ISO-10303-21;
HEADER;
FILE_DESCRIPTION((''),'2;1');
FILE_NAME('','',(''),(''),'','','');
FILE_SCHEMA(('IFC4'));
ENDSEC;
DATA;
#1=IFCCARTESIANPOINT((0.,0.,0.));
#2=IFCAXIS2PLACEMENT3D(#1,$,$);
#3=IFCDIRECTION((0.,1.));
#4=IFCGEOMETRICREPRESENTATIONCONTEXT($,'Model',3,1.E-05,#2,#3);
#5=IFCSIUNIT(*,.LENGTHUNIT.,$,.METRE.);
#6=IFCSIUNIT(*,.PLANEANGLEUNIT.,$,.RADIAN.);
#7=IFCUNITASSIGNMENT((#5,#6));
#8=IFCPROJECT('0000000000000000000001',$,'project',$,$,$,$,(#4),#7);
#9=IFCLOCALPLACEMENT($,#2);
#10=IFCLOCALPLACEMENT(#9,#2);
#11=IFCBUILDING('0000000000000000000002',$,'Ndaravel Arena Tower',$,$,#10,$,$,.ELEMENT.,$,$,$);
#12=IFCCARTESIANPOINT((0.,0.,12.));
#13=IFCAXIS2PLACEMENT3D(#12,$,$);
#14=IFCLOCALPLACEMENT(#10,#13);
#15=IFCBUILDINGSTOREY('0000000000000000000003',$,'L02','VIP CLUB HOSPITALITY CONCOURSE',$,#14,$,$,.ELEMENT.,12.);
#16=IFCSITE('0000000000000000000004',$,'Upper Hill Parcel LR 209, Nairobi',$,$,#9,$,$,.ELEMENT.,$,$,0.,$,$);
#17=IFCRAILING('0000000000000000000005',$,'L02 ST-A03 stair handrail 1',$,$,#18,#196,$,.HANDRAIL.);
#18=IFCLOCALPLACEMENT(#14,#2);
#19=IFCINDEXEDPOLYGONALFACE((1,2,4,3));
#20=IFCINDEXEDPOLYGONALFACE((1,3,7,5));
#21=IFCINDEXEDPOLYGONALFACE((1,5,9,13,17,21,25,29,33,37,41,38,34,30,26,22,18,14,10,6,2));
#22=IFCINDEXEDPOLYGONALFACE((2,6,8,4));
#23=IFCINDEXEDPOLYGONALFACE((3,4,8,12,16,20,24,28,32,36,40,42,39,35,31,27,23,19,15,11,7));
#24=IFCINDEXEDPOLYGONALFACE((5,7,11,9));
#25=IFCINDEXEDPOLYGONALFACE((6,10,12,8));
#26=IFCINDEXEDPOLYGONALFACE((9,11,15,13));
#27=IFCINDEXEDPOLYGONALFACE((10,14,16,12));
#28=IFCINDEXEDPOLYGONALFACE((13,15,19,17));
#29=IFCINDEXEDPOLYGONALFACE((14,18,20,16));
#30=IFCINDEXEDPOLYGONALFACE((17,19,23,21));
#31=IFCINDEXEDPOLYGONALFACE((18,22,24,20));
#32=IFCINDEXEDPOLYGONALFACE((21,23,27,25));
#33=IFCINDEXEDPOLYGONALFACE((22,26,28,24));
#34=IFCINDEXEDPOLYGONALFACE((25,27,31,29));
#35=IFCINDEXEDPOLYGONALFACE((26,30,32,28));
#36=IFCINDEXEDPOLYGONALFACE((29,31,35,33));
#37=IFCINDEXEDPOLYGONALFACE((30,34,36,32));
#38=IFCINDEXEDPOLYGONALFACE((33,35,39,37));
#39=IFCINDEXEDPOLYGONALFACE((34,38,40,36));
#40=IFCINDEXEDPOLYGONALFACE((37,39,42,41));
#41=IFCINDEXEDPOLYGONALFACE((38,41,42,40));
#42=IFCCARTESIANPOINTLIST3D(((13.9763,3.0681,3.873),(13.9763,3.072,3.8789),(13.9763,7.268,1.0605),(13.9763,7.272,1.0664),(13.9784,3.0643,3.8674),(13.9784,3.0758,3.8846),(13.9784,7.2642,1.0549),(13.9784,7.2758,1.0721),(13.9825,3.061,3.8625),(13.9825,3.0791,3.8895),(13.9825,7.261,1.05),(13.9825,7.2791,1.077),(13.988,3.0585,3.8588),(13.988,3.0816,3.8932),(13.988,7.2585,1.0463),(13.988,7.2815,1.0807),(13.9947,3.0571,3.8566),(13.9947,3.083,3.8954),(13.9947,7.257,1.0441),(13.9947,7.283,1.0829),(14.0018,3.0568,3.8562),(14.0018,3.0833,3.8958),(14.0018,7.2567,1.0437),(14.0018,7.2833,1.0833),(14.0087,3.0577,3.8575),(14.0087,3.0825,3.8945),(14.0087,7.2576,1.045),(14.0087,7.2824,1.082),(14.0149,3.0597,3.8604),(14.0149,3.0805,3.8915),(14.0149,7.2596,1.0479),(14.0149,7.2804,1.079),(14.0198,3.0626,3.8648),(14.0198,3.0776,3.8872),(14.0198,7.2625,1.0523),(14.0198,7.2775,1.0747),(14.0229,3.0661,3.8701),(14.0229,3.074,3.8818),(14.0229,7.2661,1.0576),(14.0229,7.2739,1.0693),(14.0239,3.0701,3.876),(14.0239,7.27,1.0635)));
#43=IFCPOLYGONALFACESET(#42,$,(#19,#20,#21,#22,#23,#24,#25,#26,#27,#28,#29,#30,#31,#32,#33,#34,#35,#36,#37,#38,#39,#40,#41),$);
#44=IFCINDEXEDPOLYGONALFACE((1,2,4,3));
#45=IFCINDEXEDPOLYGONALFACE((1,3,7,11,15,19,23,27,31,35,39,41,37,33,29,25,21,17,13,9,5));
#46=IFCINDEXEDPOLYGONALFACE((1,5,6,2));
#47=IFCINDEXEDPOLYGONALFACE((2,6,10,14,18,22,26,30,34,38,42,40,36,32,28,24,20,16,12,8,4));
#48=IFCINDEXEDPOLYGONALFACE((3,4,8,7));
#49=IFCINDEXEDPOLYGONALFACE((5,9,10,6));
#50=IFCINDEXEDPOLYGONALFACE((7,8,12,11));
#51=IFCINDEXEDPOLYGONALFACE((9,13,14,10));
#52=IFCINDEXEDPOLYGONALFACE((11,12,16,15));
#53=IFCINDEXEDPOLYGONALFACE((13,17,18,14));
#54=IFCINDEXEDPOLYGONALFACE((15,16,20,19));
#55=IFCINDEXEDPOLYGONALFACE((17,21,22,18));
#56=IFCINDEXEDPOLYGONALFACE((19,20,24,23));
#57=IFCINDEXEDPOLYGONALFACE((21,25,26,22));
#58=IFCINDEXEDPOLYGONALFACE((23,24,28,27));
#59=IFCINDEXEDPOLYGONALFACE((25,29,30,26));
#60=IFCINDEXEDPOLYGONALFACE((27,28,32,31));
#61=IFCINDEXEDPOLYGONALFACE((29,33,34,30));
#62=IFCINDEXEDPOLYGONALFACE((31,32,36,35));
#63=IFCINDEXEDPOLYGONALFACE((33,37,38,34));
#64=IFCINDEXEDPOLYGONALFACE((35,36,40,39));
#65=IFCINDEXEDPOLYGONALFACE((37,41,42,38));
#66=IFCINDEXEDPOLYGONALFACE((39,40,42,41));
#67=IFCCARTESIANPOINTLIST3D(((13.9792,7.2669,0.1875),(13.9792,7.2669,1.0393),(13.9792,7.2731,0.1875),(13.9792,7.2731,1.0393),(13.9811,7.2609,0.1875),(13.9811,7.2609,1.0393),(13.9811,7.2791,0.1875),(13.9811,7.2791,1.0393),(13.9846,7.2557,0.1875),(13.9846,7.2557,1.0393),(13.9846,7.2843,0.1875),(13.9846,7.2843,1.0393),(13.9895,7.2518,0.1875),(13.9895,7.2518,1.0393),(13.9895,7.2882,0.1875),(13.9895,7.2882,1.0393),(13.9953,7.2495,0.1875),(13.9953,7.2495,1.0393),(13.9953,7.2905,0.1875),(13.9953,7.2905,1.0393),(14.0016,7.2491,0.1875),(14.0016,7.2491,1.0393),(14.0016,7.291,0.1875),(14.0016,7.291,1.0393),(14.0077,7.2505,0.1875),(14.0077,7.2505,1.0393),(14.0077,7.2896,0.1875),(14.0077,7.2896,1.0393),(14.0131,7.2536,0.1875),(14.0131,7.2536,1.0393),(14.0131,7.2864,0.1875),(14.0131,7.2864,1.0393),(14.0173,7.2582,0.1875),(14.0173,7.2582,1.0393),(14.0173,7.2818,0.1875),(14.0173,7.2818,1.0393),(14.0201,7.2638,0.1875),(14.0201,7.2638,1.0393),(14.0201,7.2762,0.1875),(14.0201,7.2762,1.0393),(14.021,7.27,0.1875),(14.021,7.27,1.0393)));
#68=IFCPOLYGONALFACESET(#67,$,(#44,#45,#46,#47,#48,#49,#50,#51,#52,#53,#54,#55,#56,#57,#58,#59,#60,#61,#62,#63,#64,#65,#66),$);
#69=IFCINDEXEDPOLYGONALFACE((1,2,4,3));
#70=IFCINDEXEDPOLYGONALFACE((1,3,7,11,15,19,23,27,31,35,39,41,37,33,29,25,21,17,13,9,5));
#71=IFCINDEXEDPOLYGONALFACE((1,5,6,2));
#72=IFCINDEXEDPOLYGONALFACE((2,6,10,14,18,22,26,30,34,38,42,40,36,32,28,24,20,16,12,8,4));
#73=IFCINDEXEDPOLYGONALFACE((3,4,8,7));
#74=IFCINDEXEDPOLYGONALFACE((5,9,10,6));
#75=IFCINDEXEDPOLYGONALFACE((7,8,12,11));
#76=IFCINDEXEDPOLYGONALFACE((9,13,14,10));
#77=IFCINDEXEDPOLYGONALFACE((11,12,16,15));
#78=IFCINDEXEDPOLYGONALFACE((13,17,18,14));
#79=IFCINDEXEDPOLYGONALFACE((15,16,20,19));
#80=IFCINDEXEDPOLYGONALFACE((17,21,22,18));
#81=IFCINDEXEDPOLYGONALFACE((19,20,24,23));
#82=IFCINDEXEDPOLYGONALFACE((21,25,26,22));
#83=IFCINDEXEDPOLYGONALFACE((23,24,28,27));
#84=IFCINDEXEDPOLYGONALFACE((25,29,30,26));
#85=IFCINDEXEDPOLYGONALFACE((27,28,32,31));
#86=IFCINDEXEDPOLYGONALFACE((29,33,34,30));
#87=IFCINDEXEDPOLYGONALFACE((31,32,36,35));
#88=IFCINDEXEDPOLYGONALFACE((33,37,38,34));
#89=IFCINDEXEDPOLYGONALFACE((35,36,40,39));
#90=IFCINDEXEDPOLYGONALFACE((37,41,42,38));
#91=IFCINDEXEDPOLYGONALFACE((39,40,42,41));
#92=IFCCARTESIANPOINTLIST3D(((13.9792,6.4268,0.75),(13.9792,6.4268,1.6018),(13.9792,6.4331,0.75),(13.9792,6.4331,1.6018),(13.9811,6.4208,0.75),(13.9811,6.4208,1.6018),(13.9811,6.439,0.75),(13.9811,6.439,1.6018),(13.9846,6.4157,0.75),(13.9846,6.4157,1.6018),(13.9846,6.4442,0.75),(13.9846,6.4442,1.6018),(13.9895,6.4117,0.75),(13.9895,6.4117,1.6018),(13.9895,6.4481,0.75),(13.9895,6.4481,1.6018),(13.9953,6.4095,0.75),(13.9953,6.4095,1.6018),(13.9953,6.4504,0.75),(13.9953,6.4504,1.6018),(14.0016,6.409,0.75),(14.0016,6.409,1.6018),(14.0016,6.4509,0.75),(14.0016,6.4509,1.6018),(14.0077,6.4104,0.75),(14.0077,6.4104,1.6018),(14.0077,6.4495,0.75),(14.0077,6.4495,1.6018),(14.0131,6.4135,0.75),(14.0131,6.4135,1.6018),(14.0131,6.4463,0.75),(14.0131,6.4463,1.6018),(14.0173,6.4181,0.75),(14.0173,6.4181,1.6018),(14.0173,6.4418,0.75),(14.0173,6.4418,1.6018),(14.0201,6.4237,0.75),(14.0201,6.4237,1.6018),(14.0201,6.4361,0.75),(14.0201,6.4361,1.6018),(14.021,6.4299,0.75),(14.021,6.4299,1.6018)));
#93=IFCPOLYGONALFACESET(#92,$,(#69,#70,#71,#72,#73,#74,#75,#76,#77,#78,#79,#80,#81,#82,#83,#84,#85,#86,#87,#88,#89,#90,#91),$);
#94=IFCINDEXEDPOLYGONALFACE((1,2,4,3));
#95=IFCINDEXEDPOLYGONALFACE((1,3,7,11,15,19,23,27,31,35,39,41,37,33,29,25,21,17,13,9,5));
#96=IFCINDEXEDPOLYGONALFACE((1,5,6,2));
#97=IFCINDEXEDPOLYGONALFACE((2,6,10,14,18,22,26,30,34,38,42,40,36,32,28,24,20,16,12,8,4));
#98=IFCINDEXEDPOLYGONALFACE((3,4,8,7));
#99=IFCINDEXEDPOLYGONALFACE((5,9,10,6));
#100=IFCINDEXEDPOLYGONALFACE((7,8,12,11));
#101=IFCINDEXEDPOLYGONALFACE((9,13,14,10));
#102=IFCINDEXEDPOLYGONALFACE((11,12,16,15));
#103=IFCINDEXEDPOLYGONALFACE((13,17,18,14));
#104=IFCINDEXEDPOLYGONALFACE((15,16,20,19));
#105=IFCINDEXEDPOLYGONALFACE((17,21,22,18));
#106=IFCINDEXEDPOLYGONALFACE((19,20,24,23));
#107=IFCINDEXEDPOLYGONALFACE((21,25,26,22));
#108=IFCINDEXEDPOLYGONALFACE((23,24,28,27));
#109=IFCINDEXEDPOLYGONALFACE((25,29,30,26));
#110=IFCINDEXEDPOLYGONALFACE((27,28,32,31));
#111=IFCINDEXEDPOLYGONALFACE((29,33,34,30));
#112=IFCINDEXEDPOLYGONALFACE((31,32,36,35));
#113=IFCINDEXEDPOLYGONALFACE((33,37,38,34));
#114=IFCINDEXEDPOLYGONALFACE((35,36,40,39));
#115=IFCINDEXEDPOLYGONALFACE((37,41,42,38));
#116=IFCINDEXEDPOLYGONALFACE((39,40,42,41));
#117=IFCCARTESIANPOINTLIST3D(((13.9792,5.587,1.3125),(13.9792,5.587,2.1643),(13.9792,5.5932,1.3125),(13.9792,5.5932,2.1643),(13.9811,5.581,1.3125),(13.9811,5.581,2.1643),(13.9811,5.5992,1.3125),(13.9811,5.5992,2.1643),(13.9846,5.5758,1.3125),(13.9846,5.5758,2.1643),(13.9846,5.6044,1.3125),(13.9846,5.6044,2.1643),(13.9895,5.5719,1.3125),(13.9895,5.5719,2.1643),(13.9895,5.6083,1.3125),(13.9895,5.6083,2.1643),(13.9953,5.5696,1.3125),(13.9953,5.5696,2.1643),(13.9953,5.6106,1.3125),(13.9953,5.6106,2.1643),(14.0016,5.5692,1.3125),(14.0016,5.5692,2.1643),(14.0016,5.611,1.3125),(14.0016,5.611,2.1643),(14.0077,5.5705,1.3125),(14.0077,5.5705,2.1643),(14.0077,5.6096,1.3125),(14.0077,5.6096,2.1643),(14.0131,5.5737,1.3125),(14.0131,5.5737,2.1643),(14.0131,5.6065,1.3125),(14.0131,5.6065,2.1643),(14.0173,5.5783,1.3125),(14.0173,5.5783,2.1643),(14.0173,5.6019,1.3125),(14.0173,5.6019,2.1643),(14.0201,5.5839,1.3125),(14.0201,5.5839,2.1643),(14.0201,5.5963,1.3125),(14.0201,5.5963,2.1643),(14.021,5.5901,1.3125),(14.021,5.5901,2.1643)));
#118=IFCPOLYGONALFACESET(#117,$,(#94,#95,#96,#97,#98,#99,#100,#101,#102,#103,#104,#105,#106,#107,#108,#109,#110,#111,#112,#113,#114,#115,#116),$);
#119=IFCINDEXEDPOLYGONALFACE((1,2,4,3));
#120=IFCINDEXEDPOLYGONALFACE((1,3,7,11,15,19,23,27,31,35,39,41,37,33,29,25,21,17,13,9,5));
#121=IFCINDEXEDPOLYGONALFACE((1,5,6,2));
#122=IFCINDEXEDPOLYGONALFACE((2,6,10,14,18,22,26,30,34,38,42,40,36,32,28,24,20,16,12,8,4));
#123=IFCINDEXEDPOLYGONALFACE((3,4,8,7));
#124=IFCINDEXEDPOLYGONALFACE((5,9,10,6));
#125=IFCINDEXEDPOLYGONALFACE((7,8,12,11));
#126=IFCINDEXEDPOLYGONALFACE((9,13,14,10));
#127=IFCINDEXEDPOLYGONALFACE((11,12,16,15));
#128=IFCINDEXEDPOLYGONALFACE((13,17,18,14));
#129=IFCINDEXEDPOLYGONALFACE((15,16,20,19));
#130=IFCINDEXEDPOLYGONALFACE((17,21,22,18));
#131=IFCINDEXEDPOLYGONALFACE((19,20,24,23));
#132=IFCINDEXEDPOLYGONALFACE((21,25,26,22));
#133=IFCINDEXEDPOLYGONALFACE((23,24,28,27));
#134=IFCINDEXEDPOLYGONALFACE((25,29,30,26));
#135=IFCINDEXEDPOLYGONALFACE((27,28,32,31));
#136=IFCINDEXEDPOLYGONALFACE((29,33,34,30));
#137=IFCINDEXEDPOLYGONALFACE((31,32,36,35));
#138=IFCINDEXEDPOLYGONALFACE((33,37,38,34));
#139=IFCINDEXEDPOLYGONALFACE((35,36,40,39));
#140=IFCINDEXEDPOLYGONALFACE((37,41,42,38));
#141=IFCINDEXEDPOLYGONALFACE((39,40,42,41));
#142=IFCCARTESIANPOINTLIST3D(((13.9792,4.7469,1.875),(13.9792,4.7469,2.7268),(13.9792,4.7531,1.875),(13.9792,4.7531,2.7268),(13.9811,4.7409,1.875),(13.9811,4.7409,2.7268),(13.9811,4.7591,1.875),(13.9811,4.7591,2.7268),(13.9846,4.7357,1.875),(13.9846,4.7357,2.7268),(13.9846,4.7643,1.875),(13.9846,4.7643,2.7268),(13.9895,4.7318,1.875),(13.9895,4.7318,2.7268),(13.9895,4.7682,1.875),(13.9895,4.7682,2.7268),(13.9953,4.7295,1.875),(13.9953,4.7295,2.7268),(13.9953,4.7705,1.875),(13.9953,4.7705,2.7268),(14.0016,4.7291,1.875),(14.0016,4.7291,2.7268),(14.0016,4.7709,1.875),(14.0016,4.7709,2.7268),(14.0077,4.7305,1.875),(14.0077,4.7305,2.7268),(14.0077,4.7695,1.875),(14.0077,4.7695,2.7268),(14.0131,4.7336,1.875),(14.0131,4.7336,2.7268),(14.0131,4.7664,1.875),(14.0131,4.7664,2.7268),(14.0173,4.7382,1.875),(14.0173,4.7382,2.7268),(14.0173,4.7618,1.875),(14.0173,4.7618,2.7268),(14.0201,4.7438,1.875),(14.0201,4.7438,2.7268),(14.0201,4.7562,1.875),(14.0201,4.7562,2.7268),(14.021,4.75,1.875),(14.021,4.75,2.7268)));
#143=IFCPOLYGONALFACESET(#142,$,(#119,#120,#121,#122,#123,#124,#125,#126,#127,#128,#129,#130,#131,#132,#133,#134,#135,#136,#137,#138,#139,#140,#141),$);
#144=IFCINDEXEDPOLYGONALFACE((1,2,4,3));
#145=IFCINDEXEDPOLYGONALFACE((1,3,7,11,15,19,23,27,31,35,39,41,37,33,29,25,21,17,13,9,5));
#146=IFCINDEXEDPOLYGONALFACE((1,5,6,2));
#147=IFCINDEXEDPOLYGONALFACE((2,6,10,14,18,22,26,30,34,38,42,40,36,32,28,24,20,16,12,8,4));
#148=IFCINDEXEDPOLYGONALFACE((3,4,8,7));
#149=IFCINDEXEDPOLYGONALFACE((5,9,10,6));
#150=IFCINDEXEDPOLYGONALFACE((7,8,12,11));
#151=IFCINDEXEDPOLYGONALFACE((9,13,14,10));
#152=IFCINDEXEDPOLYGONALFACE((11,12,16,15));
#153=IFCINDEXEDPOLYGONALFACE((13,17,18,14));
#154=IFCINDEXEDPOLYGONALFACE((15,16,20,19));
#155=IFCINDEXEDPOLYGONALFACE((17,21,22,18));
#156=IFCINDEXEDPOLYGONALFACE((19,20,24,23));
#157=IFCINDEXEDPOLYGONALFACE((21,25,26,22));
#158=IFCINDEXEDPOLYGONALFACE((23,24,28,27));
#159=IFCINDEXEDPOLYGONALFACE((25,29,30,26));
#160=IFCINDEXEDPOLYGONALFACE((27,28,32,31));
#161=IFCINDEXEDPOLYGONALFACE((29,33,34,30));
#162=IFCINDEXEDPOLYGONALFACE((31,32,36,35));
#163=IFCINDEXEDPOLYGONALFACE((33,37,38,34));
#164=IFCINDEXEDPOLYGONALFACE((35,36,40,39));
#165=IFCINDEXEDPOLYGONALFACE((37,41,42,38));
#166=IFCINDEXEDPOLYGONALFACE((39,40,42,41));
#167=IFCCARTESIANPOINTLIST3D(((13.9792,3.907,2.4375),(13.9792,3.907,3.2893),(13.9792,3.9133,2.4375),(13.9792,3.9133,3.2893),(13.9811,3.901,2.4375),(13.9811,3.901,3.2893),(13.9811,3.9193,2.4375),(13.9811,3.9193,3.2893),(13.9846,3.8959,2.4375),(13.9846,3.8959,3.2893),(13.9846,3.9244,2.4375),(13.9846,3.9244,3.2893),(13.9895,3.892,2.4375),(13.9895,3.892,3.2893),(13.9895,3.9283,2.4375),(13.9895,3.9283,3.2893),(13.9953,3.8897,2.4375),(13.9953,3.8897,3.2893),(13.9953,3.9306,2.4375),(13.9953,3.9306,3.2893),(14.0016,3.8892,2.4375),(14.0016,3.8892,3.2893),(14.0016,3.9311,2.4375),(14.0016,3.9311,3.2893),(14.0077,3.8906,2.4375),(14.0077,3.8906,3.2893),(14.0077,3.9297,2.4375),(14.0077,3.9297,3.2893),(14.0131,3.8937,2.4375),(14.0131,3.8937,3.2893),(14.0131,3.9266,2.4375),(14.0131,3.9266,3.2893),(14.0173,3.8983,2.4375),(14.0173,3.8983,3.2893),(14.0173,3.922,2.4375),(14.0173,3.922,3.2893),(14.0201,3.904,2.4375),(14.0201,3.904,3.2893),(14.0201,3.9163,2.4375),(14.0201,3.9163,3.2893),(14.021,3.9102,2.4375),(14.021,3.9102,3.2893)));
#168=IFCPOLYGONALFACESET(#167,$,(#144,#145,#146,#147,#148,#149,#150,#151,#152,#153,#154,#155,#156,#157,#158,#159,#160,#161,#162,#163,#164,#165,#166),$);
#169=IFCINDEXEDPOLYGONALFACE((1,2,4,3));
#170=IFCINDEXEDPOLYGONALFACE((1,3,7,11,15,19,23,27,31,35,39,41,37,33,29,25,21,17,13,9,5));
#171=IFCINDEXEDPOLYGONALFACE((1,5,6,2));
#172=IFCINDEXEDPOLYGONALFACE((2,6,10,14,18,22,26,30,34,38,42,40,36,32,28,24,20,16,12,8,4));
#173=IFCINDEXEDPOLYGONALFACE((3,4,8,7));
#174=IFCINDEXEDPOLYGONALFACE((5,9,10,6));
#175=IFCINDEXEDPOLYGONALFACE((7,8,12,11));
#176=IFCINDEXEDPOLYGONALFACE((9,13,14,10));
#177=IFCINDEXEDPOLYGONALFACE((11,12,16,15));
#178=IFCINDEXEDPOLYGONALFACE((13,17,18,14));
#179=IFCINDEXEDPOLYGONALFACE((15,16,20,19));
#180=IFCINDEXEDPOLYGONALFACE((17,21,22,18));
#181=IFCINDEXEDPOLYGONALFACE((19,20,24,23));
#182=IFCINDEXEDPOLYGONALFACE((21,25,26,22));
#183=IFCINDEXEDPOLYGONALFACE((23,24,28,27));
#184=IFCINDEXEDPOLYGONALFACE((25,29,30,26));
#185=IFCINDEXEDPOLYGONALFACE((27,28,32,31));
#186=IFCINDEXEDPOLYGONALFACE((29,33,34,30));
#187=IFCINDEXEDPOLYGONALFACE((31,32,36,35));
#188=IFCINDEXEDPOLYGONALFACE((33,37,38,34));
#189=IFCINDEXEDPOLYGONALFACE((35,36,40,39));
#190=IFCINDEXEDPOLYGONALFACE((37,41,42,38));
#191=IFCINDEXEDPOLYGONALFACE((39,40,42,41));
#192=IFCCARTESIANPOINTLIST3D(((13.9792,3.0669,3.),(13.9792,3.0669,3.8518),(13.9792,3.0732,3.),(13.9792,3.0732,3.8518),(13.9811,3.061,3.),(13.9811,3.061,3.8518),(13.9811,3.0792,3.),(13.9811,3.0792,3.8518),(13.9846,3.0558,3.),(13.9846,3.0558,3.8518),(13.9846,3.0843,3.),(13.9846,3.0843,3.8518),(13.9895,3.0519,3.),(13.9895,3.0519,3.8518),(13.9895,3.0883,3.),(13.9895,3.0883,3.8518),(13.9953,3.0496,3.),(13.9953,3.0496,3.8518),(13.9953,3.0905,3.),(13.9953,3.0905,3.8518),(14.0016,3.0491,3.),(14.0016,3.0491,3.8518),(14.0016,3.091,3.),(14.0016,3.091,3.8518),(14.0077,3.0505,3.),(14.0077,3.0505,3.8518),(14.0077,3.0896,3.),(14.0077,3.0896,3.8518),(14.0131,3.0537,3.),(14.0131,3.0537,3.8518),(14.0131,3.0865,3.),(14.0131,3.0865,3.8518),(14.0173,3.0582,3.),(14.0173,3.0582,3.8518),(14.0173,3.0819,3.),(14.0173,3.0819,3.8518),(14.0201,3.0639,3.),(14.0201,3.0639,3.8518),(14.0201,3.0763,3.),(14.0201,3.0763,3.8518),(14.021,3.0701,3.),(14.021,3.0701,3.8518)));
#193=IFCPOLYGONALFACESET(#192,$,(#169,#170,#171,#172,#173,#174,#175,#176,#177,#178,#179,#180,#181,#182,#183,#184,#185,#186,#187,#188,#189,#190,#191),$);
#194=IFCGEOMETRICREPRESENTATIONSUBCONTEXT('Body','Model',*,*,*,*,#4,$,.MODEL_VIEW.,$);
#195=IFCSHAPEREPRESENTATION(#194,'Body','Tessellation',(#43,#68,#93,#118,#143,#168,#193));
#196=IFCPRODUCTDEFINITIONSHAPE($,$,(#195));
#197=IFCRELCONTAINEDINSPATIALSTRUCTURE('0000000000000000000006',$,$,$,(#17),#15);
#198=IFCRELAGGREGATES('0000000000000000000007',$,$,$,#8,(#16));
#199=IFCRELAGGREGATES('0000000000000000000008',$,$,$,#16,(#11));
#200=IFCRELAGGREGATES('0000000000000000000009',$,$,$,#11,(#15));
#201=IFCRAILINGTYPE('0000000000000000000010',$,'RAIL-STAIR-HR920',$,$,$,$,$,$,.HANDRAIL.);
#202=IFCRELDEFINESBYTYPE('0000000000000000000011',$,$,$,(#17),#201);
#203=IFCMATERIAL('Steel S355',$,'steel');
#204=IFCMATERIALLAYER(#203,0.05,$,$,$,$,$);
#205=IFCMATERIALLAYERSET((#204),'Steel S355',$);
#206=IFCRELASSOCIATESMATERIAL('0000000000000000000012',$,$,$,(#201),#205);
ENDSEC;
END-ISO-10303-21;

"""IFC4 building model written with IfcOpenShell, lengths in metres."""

from ifc_helpers import new_model, si_unit, direction, frame, origin, origin_2d, place, context, subcontext, project, spatial, circle, extrude, material, layer, layer_set, type_object, element, save


model = new_model("IFC4")

# Units and contexts
model_context = context("Model", 3, precision=1e-05, world=origin(), true_north=direction((0.0, 1.0)))
body_context = subcontext(model_context, "Body", "Model", "MODEL_VIEW")
ifc_project = project(units=[si_unit("LENGTHUNIT", "METRE"), si_unit("PLANEANGLEUNIT", "RADIAN")], contexts=[model_context])

# Site, building, storey
site_placement = place(None, origin())
site = spatial("IfcSite", under=ifc_project, at=site_placement, Name="Upper Hill Parcel LR 209, Nairobi", CompositionType="ELEMENT", RefElevation=0.0)
building_placement = place(site_placement, origin())
building = spatial("IfcBuilding", under=site, at=building_placement, Name="Ndaravel Arena Tower", CompositionType="ELEMENT")
storey_placement = place(building_placement, frame((0.0, 0.0, 12.0)))
storey = spatial("IfcBuildingStorey", under=building, at=storey_placement, Name="L02", Description="VIP CLUB HOSPITALITY CONCOURSE", CompositionType="ELEMENT", Elevation=12.0)

# Railing
ifc_material_1 = material(Name="Steel S355", Category="steel")
ifc_layer_1 = layer(ifc_material_1, 0.05)
ifc_layer_set_1 = layer_set([ifc_layer_1], Name="Steel S355")
railing_type_1 = type_object("IfcRailingType", Name="RAIL-STAIR-HR920", PredefinedType="HANDRAIL", material=ifc_layer_set_1)
railing_1_placement = place(storey_placement, frame((14.0, 7.27, 0.1875)))
element("IfcRailing", 1, at=railing_1_placement, inside=storey, type_object=railing_type_1, Name="L02 ST-A03 stair handrail 1", PredefinedType="HANDRAIL", context=body_context, shape_type="SweptSolid", body=[
    extrude(circle(Radius=0.0239, at=origin_2d()), frame((0.0, 0.0, 0.876), z_axis=(0.0, -0.830904, 0.556416), x_axis=(1.0, 0.0, 0.0)), (0.0, 0.0, 1.0), 5.0547),
    extrude(circle(Radius=0.021, at=origin_2d()), origin(), (0.0, 0.0, 1.0), 0.8518),
    extrude(circle(Radius=0.021, at=origin_2d()), frame((0.0, -0.8401, 0.5625)), (0.0, 0.0, 1.0), 0.8518),
    extrude(circle(Radius=0.021, at=origin_2d()), frame((0.0, -1.6799, 1.125)), (0.0, 0.0, 1.0), 0.8518),
    extrude(circle(Radius=0.021, at=origin_2d()), frame((0.0, -2.52, 1.6875)), (0.0, 0.0, 1.0), 0.8518),
    extrude(circle(Radius=0.021, at=origin_2d()), frame((0.0, -3.3599, 2.25)), (0.0, 0.0, 1.0), 0.8518),
    extrude(circle(Radius=0.021, at=origin_2d()), frame((0.0, -4.2, 2.8125)), (0.0, 0.0, 1.0), 0.8518),
])

save(model, "model.ifc")
